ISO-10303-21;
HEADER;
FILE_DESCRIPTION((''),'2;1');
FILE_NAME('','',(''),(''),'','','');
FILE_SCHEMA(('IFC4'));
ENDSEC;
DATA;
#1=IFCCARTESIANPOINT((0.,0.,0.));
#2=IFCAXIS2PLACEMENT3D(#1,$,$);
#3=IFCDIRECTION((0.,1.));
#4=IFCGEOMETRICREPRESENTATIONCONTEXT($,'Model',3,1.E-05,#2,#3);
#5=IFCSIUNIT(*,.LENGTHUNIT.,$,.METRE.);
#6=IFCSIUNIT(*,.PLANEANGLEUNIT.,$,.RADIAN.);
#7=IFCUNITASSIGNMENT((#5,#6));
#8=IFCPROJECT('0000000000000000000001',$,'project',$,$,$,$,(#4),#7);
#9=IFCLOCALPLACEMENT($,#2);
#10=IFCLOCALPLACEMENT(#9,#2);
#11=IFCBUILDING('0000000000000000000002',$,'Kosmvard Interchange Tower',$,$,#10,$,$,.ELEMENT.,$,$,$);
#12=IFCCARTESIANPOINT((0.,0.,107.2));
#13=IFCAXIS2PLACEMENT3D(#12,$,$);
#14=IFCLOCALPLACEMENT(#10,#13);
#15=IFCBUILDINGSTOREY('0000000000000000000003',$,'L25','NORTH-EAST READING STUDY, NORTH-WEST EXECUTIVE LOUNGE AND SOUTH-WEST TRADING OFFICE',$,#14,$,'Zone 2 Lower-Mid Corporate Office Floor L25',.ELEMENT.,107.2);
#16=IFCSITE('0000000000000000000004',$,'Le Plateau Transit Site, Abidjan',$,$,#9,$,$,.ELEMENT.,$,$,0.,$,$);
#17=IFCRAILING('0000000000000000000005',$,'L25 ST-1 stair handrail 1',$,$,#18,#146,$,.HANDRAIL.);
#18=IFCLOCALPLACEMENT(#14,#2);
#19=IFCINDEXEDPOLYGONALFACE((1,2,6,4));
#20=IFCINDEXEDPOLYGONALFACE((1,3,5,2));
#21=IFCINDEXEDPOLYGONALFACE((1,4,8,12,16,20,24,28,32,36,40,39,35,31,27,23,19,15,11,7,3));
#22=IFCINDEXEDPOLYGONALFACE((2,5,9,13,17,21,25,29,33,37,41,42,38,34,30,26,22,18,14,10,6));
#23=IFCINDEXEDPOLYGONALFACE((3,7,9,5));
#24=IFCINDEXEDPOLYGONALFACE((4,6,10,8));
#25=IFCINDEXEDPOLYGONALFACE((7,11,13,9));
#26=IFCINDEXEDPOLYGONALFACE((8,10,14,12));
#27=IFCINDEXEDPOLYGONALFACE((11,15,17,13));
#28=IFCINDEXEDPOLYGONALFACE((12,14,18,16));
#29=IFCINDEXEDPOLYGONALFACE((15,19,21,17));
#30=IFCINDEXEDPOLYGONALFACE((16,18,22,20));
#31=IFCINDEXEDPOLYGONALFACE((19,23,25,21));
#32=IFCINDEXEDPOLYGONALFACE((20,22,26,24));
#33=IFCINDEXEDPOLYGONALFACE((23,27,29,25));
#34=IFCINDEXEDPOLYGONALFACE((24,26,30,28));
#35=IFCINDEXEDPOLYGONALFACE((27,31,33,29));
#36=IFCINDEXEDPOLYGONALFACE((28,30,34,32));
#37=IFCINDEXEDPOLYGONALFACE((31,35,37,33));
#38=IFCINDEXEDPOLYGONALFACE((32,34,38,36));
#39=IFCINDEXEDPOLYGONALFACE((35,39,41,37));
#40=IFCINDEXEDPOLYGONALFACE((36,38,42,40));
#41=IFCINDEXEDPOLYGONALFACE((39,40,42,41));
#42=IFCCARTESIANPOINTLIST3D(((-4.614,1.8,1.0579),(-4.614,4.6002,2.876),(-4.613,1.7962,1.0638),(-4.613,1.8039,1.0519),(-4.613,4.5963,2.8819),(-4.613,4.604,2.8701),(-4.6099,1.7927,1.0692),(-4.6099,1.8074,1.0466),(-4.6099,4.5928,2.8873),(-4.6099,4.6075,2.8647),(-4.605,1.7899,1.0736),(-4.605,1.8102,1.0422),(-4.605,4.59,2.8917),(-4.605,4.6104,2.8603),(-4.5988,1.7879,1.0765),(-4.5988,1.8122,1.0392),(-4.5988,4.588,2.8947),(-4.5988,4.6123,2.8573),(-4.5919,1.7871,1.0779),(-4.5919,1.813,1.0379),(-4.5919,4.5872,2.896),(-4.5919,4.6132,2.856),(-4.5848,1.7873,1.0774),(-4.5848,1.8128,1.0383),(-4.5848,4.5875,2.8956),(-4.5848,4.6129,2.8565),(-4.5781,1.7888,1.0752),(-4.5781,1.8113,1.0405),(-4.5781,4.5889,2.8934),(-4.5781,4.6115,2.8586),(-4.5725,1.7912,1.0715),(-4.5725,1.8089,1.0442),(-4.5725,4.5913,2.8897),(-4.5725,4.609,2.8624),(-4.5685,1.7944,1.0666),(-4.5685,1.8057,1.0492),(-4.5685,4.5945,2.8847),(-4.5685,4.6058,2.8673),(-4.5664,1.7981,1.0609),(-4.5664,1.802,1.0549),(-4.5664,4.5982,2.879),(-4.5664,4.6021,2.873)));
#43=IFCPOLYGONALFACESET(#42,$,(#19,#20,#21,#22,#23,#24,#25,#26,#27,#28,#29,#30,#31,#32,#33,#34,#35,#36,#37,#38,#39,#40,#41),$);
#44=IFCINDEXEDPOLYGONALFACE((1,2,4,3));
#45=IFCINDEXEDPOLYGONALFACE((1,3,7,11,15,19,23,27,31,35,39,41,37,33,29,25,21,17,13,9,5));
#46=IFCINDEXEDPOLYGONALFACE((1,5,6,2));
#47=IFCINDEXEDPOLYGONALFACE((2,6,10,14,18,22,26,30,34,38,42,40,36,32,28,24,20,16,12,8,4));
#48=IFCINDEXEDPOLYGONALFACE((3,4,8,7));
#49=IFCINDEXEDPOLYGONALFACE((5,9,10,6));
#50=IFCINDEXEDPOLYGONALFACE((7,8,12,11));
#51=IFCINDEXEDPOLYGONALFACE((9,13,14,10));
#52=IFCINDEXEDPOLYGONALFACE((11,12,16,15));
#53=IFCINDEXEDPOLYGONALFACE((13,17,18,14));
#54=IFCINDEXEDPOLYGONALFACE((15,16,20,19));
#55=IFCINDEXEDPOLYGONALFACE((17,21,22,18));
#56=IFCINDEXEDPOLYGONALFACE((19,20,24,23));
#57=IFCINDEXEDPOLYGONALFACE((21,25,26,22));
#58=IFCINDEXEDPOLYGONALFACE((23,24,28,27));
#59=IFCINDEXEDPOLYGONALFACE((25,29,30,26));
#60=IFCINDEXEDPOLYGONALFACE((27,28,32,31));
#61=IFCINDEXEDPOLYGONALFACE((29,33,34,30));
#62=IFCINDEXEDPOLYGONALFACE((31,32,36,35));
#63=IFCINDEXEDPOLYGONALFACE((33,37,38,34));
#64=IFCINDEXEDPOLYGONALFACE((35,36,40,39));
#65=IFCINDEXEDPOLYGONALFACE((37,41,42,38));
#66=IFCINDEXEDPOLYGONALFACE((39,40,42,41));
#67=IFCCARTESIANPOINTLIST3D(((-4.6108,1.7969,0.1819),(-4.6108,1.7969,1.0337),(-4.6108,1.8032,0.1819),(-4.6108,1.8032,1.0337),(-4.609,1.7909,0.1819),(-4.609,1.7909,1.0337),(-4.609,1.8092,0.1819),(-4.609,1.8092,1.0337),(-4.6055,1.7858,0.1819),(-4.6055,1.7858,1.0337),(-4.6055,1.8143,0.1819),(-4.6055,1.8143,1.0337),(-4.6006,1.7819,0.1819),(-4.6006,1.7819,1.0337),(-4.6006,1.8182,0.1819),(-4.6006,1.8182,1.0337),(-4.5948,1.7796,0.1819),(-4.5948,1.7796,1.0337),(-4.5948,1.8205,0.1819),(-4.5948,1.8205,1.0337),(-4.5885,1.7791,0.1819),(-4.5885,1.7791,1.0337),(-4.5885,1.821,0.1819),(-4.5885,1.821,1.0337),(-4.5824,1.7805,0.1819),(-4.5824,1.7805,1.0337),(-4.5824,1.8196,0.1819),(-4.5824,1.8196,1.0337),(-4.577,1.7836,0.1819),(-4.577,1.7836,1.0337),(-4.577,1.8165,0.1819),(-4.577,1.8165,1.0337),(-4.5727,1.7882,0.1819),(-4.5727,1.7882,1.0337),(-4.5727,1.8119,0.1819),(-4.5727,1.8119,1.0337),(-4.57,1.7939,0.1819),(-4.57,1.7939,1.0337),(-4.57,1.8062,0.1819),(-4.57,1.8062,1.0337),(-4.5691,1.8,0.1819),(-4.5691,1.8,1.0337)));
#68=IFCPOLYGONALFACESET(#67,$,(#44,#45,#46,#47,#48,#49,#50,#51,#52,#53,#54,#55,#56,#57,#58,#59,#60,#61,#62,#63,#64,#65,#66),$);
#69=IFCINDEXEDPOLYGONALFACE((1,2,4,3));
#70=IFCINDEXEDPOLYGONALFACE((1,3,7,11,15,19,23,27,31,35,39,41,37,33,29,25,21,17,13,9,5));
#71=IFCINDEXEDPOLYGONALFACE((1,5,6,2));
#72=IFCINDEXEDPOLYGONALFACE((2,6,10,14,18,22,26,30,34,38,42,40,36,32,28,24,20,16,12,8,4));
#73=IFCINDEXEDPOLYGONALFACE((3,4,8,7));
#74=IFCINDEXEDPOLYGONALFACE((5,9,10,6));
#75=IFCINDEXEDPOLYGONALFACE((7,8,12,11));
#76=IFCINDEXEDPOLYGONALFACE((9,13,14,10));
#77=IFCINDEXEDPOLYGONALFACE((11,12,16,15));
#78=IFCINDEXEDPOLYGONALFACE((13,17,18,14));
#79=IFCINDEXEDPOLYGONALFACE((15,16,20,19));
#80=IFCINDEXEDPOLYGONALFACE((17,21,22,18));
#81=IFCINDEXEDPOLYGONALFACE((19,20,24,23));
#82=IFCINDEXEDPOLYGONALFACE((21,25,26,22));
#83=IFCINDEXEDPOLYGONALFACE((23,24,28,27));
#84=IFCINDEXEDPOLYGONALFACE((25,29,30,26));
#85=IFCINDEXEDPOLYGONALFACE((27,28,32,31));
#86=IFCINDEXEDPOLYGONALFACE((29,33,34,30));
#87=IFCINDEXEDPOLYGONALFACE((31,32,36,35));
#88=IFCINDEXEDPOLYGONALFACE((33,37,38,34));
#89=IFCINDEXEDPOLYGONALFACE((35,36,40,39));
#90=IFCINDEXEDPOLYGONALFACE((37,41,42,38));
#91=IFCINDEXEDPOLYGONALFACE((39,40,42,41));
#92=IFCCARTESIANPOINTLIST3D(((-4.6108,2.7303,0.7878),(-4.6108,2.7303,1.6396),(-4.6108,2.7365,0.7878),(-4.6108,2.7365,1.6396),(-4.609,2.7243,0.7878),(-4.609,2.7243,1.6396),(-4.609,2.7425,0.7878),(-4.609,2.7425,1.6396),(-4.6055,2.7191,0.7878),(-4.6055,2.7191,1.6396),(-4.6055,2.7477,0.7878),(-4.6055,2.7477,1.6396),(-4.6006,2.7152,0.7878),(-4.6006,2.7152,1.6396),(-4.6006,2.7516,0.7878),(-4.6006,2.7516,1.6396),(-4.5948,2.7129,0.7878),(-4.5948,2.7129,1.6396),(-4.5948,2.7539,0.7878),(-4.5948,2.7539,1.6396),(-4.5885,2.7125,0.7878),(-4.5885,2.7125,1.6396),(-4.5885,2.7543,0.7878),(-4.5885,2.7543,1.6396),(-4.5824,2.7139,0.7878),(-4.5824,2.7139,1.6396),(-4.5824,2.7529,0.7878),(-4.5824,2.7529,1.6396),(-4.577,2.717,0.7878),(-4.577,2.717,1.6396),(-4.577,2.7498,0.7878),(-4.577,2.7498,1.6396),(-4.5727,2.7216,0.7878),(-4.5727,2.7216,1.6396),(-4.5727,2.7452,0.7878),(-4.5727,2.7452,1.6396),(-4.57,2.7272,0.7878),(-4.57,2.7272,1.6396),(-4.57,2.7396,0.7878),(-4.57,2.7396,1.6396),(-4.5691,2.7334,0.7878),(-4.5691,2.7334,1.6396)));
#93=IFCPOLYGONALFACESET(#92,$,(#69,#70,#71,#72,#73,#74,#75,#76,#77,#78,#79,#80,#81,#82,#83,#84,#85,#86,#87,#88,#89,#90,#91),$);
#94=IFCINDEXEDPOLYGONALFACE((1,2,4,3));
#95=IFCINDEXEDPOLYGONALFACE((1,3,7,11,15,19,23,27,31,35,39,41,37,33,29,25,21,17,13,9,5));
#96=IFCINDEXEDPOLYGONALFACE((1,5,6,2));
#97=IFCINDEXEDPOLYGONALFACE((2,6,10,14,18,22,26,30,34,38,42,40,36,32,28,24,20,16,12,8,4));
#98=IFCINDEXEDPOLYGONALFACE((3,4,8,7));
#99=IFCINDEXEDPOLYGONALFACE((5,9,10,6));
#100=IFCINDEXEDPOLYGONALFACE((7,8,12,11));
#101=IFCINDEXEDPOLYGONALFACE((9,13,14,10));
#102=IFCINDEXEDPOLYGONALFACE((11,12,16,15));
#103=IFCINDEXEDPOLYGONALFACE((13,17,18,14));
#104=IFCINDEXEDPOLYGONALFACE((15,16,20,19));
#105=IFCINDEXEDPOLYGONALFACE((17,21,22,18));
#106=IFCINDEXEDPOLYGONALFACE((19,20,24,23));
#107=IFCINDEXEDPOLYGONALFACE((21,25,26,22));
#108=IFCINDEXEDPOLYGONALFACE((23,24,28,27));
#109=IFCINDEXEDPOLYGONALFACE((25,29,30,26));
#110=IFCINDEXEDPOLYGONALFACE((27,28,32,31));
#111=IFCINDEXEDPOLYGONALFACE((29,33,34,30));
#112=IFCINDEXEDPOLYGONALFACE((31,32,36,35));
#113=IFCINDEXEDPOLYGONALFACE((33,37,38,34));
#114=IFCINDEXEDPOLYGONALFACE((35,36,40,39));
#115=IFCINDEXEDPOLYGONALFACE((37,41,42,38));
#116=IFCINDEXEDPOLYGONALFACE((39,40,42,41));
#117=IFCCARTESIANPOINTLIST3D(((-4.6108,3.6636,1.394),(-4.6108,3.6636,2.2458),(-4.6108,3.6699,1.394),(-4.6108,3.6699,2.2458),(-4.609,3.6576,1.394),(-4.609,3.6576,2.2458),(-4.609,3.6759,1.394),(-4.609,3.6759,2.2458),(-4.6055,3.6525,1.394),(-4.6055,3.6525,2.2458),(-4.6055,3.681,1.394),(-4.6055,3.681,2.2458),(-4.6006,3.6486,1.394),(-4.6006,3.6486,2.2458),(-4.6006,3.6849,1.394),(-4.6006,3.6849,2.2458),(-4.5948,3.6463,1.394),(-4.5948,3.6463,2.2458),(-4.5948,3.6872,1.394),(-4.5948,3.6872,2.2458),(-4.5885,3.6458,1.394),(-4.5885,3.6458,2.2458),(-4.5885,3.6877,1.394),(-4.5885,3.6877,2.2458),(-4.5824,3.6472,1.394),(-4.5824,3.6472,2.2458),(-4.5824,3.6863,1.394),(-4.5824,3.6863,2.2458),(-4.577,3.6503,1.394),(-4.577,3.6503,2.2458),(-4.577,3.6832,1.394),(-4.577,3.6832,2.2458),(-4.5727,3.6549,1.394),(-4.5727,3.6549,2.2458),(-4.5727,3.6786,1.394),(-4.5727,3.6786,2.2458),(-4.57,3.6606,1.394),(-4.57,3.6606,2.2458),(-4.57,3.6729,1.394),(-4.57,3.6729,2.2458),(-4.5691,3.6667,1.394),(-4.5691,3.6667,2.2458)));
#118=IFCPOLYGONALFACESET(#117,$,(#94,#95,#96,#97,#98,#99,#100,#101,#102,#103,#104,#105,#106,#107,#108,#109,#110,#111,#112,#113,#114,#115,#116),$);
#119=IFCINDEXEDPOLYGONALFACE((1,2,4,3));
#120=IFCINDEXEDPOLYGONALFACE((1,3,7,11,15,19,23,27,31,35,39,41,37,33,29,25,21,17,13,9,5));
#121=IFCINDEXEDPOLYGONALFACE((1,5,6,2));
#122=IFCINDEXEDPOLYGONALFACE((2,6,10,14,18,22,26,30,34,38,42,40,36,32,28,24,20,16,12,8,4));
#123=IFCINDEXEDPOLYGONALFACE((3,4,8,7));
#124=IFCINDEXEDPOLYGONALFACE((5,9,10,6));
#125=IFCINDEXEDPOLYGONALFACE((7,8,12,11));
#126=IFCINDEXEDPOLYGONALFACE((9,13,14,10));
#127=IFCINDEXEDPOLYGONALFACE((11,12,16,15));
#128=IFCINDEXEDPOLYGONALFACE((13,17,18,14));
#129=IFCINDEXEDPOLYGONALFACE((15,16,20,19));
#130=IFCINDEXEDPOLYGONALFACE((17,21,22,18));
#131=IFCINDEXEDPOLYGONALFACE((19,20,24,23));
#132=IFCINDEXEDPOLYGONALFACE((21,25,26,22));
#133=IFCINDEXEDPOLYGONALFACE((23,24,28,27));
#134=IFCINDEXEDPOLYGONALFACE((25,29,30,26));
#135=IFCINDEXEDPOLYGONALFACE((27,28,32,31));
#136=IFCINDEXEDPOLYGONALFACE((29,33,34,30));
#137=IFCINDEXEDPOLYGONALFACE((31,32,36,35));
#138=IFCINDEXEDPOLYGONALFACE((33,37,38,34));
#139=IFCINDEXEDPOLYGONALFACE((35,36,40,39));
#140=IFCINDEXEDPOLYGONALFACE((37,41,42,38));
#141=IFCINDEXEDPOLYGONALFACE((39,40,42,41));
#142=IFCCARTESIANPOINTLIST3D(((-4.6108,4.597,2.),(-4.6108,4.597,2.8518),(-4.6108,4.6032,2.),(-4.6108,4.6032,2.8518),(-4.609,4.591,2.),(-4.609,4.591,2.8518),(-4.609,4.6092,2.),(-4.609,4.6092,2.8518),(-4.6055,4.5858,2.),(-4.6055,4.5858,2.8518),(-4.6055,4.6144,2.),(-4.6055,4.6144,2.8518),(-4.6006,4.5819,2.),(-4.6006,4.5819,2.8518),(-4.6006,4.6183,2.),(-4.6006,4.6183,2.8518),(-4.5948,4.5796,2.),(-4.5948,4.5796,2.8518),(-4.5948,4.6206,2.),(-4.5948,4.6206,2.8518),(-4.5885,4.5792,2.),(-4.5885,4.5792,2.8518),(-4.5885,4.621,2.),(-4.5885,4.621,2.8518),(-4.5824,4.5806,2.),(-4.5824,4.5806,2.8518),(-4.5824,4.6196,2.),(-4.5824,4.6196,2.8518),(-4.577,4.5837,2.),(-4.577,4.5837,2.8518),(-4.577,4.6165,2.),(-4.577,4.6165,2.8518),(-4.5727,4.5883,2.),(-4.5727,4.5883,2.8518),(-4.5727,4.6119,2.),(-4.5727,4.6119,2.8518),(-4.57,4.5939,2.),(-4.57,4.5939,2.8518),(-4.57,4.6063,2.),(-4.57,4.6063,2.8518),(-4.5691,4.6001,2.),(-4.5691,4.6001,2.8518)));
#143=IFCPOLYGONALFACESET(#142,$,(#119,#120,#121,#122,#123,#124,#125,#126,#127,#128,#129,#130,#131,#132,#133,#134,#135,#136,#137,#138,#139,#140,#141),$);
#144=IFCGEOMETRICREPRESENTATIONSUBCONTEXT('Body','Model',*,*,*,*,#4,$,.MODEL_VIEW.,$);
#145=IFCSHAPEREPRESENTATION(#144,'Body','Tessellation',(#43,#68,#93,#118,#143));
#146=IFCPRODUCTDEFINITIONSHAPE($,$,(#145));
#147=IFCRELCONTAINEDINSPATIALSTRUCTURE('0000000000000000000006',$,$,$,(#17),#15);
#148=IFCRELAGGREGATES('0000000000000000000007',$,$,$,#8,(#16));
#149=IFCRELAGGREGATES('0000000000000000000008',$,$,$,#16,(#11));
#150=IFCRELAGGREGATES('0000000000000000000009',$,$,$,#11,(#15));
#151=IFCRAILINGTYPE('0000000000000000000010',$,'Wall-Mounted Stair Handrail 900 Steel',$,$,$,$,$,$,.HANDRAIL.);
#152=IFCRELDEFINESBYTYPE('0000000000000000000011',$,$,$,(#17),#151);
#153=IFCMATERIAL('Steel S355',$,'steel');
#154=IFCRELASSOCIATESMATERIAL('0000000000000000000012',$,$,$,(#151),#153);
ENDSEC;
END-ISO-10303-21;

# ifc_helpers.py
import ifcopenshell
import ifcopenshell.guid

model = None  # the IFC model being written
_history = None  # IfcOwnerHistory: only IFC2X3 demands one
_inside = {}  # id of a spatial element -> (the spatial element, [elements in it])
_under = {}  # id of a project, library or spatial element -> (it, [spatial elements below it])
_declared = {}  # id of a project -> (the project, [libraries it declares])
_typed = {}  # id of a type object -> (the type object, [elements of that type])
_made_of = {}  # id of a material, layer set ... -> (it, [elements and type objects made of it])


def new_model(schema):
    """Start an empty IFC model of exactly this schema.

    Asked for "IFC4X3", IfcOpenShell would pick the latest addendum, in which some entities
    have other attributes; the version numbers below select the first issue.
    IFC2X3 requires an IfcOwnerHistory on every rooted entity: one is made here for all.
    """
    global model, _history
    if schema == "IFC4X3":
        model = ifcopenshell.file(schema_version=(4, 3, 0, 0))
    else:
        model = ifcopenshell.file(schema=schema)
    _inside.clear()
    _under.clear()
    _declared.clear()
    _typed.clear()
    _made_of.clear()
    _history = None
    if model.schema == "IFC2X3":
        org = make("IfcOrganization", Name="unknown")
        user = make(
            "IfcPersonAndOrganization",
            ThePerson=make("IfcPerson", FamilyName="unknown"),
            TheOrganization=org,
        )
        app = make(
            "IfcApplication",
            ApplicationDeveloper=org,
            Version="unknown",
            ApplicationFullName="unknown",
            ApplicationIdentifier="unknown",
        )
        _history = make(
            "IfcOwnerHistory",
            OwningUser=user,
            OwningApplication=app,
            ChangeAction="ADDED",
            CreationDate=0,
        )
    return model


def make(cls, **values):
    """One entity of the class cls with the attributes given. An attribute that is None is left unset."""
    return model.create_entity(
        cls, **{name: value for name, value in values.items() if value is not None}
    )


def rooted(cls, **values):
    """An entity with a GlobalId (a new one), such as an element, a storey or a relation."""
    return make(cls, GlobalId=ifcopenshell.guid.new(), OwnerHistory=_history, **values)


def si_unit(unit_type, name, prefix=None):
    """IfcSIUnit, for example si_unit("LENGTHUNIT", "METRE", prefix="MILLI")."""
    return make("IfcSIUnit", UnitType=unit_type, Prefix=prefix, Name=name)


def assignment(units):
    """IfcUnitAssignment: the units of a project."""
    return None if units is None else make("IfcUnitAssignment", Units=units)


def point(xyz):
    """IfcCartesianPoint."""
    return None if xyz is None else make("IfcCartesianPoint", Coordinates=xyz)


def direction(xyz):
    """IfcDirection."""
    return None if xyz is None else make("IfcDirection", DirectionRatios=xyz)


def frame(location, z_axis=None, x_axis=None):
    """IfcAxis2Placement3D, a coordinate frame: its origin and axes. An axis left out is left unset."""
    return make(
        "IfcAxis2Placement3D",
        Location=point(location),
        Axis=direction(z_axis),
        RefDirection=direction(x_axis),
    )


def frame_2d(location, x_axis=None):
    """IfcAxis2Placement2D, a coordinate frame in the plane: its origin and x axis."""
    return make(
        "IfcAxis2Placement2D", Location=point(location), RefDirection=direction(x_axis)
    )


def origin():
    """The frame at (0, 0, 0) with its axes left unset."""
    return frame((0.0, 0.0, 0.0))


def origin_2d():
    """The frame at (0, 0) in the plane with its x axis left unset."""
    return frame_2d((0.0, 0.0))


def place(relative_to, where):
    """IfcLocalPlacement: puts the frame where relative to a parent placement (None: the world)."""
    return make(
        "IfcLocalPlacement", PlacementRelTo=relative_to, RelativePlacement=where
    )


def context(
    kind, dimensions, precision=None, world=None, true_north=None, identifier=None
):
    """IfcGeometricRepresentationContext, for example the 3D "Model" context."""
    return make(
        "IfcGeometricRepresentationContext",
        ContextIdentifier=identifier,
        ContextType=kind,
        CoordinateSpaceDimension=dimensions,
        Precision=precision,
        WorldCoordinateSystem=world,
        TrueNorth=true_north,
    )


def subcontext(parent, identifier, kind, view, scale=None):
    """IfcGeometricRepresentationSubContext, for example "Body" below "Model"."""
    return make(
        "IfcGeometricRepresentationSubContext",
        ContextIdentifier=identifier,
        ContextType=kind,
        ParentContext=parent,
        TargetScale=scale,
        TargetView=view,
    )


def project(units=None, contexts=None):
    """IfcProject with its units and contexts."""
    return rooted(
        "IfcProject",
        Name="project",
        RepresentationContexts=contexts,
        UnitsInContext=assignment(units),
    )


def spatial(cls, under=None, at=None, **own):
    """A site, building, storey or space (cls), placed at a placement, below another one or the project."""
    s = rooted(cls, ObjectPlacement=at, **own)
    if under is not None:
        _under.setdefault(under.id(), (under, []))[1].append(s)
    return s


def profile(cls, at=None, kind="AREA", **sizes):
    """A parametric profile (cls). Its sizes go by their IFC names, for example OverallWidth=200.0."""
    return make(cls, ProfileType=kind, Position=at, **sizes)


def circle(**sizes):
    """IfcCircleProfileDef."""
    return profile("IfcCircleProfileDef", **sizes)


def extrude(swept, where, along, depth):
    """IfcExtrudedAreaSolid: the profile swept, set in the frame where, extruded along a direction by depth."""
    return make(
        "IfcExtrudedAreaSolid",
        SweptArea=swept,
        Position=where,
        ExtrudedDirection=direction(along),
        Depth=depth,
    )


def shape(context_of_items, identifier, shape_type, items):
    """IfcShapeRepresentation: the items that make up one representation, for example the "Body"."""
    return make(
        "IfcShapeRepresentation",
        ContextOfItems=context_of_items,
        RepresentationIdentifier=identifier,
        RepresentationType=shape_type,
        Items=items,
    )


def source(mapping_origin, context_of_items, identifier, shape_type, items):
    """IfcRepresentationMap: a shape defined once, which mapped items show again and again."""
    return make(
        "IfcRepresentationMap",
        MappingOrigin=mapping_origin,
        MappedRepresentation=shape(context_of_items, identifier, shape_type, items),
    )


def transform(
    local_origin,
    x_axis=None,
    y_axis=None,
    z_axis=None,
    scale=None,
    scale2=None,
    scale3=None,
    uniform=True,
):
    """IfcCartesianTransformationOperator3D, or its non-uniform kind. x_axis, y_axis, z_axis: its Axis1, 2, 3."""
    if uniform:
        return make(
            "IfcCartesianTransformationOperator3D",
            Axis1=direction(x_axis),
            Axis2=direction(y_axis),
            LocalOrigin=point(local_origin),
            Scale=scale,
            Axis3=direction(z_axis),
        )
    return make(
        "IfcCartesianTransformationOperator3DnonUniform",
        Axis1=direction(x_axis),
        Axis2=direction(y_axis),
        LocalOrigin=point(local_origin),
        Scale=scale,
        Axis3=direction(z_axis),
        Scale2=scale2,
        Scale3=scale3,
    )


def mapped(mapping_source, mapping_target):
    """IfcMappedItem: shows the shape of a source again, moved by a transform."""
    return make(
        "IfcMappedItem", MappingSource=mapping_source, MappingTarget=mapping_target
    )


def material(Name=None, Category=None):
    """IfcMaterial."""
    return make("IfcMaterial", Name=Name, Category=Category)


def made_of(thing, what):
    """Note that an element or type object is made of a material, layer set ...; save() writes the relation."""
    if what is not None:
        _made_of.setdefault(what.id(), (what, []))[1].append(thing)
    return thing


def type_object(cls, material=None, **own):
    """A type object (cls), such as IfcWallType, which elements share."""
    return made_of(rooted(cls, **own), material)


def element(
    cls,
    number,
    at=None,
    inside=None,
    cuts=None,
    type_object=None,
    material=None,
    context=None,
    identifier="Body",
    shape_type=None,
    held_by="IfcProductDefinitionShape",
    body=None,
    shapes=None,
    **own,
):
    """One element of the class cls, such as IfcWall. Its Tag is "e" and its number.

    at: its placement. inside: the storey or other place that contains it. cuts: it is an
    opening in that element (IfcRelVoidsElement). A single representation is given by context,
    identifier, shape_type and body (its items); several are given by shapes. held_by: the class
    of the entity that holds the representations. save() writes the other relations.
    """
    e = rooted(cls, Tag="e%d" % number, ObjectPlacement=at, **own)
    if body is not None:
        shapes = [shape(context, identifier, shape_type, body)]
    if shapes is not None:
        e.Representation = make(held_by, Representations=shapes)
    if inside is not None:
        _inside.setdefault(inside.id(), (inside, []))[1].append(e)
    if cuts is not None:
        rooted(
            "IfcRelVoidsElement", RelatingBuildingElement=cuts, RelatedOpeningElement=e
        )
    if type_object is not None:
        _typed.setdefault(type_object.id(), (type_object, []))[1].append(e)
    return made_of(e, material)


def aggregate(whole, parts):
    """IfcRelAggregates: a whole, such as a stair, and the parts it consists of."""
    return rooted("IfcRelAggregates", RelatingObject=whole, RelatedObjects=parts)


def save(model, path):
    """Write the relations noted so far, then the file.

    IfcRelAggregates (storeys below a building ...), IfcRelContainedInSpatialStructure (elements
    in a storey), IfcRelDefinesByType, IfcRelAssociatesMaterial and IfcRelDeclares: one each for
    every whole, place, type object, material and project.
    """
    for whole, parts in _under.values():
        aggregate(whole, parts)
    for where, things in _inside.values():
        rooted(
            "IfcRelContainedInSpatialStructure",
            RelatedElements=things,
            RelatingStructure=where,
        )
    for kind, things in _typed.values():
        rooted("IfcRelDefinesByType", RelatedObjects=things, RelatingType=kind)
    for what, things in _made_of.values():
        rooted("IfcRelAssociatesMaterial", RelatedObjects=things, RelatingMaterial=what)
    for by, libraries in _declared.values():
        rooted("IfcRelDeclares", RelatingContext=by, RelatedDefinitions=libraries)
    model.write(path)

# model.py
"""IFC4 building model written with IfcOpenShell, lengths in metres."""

from ifc_helpers import new_model, si_unit, direction, frame, origin, origin_2d, place, context, subcontext, project, spatial, circle, extrude, source, transform, mapped, material, type_object, element, save


model = new_model("IFC4")

# Units and contexts
model_context = context("Model", 3, precision=1e-05, world=origin(), true_north=direction((0.0, 1.0)))
body_context = subcontext(model_context, "Body", "Model", "MODEL_VIEW")
ifc_project = project(units=[si_unit("LENGTHUNIT", "METRE"), si_unit("PLANEANGLEUNIT", "RADIAN")], contexts=[model_context])

# Site, building, storey
site_placement = place(None, origin())
site = spatial("IfcSite", under=ifc_project, at=site_placement, Name="Le Plateau Transit Site, Abidjan", CompositionType="ELEMENT", RefElevation=0.0)
building_placement = place(site_placement, origin())
building = spatial("IfcBuilding", under=site, at=building_placement, Name="Kosmvard Interchange Tower", CompositionType="ELEMENT")
storey_placement = place(building_placement, frame((0.0, 0.0, 107.2)))
storey = spatial("IfcBuildingStorey", under=building, at=storey_placement, Name="L25", Description="NORTH-EAST READING STUDY, NORTH-WEST EXECUTIVE LOUNGE AND SOUTH-WEST TRADING OFFICE", LongName="Zone 2 Lower-Mid Corporate Office Floor L25", CompositionType="ELEMENT", Elevation=107.2)

# Shared definitions
ifc_material_1 = material(Name="Steel S355", Category="steel")

# Railing
railing_type_1 = type_object("IfcRailingType", Name="Wall-Mounted Stair Handrail 900 Steel", PredefinedType="HANDRAIL", material=ifc_material_1)
shared_shape_1 = source(origin(), body_context, "Body", "SweptSolid", [
    extrude(circle(Radius=0.0239, at=origin_2d()), frame((0.0, 0.0, 0.876), z_axis=(0.0, 0.838706, 0.544585), x_axis=(-1.0, 0.0, 0.0)), (0.0, 0.0, 1.0), 3.3386),
    extrude(circle(Radius=0.021, at=origin_2d()), origin(), (0.0, 0.0, 1.0), 0.8518),
    extrude(circle(Radius=0.021, at=origin_2d()), frame((0.0, 0.9333, 0.606)), (0.0, 0.0, 1.0), 0.8518),
    extrude(circle(Radius=0.021, at=origin_2d()), frame((0.0, 1.8667, 1.2122)), (0.0, 0.0, 1.0), 0.8518),
    extrude(circle(Radius=0.021, at=origin_2d()), frame((0.0, 2.8, 1.8181)), (0.0, 0.0, 1.0), 0.8518),
])
railing_1_placement = place(storey_placement, frame((-4.5901, 1.8, 0.1819)))
element("IfcRailing", 1, at=railing_1_placement, inside=storey, type_object=railing_type_1, Name="L25 ST-1 stair handrail 1", PredefinedType="HANDRAIL", context=body_context, shape_type="MappedRepresentation", body=[
    mapped(shared_shape_1, transform((0.0, 0.0, 0.0), scale=1.0)),
])

save(model, "model.ifc")
